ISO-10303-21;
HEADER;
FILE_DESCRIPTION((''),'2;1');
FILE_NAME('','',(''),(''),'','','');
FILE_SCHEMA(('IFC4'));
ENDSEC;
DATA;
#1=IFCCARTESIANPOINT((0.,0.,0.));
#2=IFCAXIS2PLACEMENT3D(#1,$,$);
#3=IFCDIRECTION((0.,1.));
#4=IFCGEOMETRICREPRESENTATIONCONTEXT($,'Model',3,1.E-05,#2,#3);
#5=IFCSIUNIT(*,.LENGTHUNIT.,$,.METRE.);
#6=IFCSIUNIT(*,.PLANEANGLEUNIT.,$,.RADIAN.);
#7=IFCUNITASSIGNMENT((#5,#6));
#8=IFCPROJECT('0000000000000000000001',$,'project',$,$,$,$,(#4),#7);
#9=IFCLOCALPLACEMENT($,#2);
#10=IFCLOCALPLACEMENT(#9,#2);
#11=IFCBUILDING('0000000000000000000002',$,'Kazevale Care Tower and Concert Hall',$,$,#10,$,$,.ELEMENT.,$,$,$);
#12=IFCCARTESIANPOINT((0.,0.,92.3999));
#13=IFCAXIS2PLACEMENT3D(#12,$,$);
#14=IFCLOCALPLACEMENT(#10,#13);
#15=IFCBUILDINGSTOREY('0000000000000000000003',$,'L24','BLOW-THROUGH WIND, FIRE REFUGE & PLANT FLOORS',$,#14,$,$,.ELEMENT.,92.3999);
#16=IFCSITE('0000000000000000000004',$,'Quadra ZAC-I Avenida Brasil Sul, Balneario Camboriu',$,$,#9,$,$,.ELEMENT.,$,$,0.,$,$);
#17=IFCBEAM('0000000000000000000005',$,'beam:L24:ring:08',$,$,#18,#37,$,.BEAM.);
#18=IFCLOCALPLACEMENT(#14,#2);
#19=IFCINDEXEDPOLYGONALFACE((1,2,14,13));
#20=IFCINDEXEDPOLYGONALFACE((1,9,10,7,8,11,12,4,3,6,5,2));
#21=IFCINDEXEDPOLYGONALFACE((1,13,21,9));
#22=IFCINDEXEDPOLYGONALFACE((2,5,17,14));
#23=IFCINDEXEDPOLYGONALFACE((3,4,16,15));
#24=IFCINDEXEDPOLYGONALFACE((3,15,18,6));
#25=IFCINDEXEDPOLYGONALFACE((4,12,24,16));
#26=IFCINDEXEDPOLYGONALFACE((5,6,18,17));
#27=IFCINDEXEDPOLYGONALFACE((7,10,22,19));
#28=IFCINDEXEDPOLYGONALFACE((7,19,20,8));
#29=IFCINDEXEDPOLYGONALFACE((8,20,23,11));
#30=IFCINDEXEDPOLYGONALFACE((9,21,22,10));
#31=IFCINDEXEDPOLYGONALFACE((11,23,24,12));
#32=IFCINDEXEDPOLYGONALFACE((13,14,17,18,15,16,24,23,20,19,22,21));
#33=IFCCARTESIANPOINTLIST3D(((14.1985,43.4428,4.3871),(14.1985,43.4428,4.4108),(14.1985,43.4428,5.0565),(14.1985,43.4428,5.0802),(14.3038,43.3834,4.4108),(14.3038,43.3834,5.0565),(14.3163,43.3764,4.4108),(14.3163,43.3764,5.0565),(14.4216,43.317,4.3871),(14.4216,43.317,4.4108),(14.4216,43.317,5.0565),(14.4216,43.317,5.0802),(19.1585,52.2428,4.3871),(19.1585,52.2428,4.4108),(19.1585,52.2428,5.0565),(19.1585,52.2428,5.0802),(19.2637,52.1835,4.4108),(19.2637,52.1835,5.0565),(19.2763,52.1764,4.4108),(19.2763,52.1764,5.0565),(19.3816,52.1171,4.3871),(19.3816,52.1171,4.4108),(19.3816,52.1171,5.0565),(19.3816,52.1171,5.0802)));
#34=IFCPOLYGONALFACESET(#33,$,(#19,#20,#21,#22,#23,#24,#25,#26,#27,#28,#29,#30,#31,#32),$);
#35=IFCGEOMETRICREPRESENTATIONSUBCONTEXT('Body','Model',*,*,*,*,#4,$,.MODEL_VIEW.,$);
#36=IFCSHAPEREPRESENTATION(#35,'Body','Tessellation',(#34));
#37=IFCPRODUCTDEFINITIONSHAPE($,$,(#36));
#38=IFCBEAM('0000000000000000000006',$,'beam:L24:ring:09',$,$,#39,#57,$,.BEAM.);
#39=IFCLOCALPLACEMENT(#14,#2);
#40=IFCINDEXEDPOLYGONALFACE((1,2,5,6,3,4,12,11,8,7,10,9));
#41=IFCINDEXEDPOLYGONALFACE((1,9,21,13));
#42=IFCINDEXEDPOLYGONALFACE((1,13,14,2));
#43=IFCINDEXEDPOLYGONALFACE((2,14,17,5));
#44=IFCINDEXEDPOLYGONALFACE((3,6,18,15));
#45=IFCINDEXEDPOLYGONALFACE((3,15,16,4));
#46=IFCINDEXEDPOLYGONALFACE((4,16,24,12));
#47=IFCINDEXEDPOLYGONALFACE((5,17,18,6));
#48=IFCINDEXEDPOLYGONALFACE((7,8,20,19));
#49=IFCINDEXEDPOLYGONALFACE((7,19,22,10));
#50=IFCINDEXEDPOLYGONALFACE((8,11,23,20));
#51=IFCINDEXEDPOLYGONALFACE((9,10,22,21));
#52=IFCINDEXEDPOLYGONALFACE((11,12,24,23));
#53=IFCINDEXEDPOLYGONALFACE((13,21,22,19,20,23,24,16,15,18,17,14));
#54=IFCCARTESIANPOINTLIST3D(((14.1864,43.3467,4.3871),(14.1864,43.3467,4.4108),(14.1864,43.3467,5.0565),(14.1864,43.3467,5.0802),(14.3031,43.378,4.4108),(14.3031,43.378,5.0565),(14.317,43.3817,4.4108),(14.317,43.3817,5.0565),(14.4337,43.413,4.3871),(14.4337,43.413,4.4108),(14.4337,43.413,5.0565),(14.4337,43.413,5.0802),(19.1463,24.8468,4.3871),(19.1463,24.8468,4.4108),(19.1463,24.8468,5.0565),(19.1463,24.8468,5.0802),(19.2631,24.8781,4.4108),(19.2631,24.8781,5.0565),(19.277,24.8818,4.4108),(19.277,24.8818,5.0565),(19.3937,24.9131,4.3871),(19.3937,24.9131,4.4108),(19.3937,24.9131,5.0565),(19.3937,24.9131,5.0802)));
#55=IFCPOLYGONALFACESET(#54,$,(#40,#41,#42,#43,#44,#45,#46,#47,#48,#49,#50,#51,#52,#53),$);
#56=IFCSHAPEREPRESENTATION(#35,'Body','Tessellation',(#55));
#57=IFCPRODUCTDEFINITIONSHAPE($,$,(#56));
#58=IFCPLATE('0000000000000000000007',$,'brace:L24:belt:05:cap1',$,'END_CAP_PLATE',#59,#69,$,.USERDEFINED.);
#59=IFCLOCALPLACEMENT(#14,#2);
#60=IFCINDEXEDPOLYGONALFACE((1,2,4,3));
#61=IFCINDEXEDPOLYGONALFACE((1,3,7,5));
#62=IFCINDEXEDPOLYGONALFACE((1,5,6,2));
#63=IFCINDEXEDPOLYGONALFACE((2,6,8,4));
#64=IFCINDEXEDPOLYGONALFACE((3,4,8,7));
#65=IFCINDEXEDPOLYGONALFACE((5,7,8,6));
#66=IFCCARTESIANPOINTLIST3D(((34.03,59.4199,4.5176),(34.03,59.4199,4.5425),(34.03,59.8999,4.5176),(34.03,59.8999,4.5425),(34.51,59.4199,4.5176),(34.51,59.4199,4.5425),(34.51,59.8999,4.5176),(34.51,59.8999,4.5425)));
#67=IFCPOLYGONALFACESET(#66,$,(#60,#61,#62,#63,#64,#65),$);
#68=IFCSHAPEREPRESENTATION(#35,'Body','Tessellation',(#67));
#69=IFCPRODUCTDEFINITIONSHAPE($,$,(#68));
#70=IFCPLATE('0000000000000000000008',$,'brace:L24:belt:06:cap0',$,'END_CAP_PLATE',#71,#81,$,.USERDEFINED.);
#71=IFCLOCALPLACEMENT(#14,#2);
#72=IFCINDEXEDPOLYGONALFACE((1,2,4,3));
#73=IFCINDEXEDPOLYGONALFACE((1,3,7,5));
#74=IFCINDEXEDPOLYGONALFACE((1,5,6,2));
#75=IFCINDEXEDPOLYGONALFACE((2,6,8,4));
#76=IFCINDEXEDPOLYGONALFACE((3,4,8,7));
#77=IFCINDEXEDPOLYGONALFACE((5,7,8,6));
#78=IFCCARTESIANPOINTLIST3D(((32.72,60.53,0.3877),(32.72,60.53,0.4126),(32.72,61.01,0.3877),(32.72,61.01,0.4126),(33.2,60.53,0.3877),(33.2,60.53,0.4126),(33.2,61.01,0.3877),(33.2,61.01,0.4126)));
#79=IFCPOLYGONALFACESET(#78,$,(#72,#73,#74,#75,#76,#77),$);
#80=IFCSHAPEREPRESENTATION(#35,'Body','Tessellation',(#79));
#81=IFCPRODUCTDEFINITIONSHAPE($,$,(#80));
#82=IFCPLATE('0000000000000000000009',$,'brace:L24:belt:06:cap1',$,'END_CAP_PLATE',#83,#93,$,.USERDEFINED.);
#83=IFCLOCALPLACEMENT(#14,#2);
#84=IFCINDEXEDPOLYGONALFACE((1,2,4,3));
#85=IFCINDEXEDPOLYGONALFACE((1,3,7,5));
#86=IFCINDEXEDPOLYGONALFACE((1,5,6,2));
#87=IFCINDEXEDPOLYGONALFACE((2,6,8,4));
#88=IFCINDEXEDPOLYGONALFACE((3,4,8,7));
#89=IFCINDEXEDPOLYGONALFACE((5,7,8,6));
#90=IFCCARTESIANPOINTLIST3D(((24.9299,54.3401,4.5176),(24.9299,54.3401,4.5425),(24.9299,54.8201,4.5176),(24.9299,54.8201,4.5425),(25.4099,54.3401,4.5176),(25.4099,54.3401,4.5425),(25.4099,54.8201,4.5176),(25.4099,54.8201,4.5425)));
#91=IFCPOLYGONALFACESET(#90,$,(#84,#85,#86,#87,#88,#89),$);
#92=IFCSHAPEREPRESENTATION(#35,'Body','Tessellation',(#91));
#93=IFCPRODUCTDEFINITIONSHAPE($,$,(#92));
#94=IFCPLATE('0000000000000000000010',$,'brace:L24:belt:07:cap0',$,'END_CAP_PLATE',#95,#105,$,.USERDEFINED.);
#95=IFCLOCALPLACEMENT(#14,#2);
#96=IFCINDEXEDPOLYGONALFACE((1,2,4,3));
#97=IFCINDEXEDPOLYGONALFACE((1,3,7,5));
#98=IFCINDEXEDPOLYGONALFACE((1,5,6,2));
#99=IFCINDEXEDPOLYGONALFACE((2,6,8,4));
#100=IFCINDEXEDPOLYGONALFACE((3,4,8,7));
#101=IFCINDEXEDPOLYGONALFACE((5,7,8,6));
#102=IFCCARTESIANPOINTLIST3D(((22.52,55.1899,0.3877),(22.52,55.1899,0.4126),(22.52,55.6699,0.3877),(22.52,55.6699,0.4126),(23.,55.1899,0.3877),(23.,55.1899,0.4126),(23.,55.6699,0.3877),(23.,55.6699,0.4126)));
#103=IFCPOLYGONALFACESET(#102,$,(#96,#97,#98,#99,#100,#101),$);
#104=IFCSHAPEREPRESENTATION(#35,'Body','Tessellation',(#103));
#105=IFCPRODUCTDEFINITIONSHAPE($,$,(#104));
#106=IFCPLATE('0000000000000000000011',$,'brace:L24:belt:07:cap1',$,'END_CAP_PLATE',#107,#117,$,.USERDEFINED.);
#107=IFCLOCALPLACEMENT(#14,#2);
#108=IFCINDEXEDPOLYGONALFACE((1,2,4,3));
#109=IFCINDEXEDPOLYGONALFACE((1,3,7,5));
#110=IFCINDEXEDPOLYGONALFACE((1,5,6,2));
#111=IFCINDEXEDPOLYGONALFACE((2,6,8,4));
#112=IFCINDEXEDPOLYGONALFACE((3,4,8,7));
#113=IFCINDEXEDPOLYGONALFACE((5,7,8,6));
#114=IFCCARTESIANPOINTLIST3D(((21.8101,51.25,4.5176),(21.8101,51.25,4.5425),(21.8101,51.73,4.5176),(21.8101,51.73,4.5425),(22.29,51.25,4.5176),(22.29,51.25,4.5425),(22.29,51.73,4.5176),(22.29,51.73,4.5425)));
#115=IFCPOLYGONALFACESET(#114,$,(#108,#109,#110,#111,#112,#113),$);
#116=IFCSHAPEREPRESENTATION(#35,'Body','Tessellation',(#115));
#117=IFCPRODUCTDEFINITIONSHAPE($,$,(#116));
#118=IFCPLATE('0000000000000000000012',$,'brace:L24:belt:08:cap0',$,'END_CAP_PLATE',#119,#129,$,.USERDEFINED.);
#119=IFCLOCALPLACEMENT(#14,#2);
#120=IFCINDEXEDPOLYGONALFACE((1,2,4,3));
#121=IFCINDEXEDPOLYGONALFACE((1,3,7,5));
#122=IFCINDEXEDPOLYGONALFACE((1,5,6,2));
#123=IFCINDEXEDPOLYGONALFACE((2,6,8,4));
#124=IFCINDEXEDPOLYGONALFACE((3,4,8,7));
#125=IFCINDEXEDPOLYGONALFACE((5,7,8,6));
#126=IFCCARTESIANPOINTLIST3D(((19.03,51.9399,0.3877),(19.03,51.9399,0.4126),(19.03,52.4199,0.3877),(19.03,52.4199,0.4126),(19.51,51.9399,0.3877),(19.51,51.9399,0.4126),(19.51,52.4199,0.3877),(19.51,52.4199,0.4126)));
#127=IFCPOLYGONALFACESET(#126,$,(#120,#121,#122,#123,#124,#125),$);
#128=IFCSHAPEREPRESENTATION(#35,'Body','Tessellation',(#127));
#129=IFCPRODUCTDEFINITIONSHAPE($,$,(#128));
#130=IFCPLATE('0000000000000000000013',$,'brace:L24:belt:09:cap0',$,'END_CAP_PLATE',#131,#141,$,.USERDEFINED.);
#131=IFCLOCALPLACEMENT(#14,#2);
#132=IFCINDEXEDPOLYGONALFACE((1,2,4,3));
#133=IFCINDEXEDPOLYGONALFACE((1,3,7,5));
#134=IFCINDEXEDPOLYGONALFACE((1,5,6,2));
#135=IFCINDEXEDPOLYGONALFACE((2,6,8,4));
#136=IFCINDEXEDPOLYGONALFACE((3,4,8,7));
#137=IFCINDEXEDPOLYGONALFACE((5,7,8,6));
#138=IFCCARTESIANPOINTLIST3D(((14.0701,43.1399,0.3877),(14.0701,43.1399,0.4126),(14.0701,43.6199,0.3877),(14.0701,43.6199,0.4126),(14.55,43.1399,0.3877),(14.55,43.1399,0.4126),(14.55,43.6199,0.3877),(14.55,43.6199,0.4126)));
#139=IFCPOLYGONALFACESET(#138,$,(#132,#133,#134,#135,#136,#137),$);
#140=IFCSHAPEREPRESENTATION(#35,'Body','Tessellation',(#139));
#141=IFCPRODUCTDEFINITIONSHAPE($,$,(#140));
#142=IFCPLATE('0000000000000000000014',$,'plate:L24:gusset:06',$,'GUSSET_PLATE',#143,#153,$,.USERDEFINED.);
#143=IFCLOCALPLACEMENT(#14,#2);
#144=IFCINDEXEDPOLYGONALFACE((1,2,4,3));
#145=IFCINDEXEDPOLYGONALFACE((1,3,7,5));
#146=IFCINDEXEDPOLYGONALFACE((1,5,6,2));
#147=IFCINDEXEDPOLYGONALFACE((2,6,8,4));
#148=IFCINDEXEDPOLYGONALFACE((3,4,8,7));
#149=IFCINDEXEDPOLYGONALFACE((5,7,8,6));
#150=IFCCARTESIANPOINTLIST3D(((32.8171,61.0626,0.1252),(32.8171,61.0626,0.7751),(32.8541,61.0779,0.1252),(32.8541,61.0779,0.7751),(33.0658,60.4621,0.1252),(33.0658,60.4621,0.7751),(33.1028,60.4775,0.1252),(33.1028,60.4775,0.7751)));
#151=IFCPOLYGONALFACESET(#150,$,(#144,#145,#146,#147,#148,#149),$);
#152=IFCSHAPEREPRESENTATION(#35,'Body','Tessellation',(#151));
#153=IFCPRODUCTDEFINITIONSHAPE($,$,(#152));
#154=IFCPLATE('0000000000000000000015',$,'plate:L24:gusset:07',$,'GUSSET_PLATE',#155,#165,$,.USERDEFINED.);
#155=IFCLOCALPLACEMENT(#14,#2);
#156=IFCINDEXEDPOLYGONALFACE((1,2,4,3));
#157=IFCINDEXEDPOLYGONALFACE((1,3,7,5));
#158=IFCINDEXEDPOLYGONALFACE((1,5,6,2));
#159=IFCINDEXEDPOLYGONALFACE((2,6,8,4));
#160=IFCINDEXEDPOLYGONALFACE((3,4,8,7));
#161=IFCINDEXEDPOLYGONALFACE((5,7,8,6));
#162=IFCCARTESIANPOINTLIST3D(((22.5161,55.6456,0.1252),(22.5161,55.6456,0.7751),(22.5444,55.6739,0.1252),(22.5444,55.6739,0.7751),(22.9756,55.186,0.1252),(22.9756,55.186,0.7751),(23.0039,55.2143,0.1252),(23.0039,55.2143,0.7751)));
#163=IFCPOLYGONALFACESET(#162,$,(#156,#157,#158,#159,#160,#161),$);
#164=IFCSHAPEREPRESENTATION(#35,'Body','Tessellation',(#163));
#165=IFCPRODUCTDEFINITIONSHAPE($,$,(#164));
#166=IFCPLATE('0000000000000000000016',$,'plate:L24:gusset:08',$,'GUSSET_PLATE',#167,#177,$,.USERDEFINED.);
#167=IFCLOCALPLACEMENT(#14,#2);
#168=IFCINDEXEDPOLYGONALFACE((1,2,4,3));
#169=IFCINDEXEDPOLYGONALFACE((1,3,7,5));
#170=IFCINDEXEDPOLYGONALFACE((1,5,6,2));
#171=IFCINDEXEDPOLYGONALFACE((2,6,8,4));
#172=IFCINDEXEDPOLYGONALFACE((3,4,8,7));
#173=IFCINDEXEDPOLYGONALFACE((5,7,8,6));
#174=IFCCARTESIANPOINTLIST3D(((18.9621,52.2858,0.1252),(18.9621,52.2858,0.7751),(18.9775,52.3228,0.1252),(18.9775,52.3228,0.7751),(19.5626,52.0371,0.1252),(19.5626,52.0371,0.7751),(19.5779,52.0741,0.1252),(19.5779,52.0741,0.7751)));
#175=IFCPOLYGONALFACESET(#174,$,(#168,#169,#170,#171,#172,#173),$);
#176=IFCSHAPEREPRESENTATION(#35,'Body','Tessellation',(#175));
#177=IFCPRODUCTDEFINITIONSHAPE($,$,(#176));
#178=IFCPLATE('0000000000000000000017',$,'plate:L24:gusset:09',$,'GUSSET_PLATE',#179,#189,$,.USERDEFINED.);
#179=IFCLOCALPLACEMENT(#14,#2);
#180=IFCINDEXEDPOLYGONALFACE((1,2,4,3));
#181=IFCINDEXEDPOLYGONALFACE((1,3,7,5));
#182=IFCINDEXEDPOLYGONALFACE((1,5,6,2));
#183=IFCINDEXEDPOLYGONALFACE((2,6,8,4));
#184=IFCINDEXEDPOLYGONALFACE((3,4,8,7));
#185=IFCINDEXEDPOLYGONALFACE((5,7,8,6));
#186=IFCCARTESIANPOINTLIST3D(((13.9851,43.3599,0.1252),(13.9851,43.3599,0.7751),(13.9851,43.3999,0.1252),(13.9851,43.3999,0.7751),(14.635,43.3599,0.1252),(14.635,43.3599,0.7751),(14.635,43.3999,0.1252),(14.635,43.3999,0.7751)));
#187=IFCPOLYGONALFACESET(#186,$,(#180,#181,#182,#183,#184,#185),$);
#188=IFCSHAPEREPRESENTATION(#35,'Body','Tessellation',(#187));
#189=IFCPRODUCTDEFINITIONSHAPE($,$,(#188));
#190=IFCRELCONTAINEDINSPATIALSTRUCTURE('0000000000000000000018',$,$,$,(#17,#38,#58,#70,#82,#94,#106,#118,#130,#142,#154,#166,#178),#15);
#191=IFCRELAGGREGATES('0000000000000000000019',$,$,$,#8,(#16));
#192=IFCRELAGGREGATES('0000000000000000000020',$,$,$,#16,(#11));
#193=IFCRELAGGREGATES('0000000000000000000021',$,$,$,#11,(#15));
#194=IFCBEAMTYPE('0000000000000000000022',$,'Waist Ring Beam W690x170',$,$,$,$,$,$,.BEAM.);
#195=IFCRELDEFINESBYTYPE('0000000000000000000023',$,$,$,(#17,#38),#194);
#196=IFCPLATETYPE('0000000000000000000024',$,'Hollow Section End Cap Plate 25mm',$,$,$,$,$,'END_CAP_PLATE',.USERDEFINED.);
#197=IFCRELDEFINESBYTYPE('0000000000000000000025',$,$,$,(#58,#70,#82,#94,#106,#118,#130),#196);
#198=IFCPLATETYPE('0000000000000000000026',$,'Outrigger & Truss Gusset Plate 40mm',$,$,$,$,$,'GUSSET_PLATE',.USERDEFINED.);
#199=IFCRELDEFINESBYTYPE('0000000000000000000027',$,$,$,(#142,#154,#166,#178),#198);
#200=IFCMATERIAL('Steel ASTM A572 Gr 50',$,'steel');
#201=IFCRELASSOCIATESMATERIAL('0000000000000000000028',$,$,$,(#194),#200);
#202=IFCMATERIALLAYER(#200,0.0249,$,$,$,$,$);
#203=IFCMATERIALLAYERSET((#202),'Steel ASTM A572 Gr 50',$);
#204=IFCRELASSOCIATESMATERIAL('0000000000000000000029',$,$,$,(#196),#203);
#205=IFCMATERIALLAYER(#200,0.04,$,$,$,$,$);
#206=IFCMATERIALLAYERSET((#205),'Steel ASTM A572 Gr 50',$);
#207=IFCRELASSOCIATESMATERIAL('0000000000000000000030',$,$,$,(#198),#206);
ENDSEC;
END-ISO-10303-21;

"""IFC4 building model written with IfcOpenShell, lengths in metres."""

from ifc_helpers import new_model, si_unit, direction, frame, origin, origin_2d, place, context, subcontext, project, spatial, rectangle, i_section, extrude, material, layer, layer_set, material_profile, profile_set, type_object, element, save


model = new_model("IFC4")

# Units and contexts
model_context = context("Model", 3, precision=1e-05, world=origin(), true_north=direction((0.0, 1.0)))
body_context = subcontext(model_context, "Body", "Model", "MODEL_VIEW")
ifc_project = project(units=[si_unit("LENGTHUNIT", "METRE"), si_unit("PLANEANGLEUNIT", "RADIAN")], contexts=[model_context])

# Site, building, storey
site_placement = place(None, origin())
site = spatial("IfcSite", under=ifc_project, at=site_placement, Name="Quadra ZAC-I Avenida Brasil Sul, Balneario Camboriu", CompositionType="ELEMENT", RefElevation=0.0)
building_placement = place(site_placement, origin())
building = spatial("IfcBuilding", under=site, at=building_placement, Name="Kazevale Care Tower and Concert Hall", CompositionType="ELEMENT")
storey_placement = place(building_placement, frame((0.0, 0.0, 92.3999)))
storey = spatial("IfcBuildingStorey", under=building, at=storey_placement, Name="L24", Description="BLOW-THROUGH WIND, FIRE REFUGE & PLANT FLOORS", CompositionType="ELEMENT", Elevation=92.3999)

# Shared definitions
ifc_material_1 = material(Name="Steel ASTM A572 Gr 50", Category="steel")

# Beams
ifc_material_profile_1 = material_profile(ifc_material_1, i_section(OverallWidth=0.2561, OverallDepth=0.6931, WebThickness=0.0144, FlangeThickness=0.0237, at=origin_2d()), Name="W690x170")
ifc_profile_set_1 = profile_set([ifc_material_profile_1], Name="Steel ASTM A572 Gr 50")
beam_type_1 = type_object("IfcBeamType", Name="Waist Ring Beam W690x170", PredefinedType="BEAM", material=ifc_profile_set_1)
beam_1_placement = place(storey_placement, frame((19.27, 52.1799, 4.7336), z_axis=(-0.491008, -0.871155, 0.0), x_axis=(0.871155, -0.491008, 0.0)))
element("IfcBeam", 1, at=beam_1_placement, inside=storey, type_object=beam_type_1, Name="beam:L24:ring:08", PredefinedType="BEAM", context=body_context, shape_type="SweptSolid", body=[
    extrude(i_section(OverallWidth=0.2561, OverallDepth=0.6931, WebThickness=0.0144, FlangeThickness=0.0237, at=origin_2d()), origin(), (0.0, 0.0, 1.0), 10.1016),
])
beam_2_placement = place(storey_placement, frame((14.3101, 43.3799, 4.7336), z_axis=(0.25896, -0.965888, 0.0), x_axis=(0.965888, 0.25896, 0.0)))
element("IfcBeam", 2, at=beam_2_placement, inside=storey, type_object=beam_type_1, Name="beam:L24:ring:09", PredefinedType="BEAM", context=body_context, shape_type="SweptSolid", body=[
    extrude(i_section(OverallWidth=0.2561, OverallDepth=0.6931, WebThickness=0.0144, FlangeThickness=0.0237, at=origin_2d()), origin(), (0.0, 0.0, 1.0), 19.1533),
])

# Plates
ifc_layer_1 = layer(ifc_material_1, 0.0249)
ifc_layer_set_1 = layer_set([ifc_layer_1], Name="Steel ASTM A572 Gr 50")
plate_type_1 = type_object("IfcPlateType", Name="Hollow Section End Cap Plate 25mm", ElementType="END_CAP_PLATE", PredefinedType="USERDEFINED", material=ifc_layer_set_1)
for number, where, z_axis, x_axis, name in (
    (3, (34.27, 59.6599, 4.5176), (0.0, 0.0, 1.0), (1.0, 0.0, 0.0), "brace:L24:belt:05:cap1"),
    (4, (32.96, 60.77, 0.3877), (0.0, 0.0, 1.0), (1.0, 0.0, 0.0), "brace:L24:belt:06:cap0"),
    (5, (25.1699, 54.5801, 4.5176), (0.0, 0.0, 1.0), (1.0, 0.0, 0.0), "brace:L24:belt:06:cap1"),
    (6, (22.76, 55.4299, 0.3877), (0.0, 0.0, 1.0), (1.0, 0.0, 0.0), "brace:L24:belt:07:cap0"),
    (7, (22.05, 51.49, 4.5176), (0.0, 0.0, 1.0), (1.0, 0.0, 0.0), "brace:L24:belt:07:cap1"),
    (8, (19.27, 52.1799, 0.3877), (0.0, 0.0, 1.0), (1.0, 0.0, 0.0), "brace:L24:belt:08:cap0"),
    (9, (14.3101, 43.3799, 0.3877), (0.0, 0.0, 1.0), (1.0, 0.0, 0.0), "brace:L24:belt:09:cap0"),
):
    element("IfcPlate", number, at=place(storey_placement, frame(where, z_axis=z_axis, x_axis=x_axis)), inside=storey, type_object=plate_type_1, Name=name, ObjectType="END_CAP_PLATE", PredefinedType="USERDEFINED", context=body_context, shape_type="SweptSolid", body=[
        extrude(rectangle(XDim=0.48, YDim=0.48, at=origin_2d()), origin(), (0.0, 0.0, 1.0), 0.0249),
    ])
ifc_layer_2 = layer(ifc_material_1, 0.04)
ifc_layer_set_2 = layer_set([ifc_layer_2], Name="Steel ASTM A572 Gr 50")
plate_type_2 = type_object("IfcPlateType", Name="Outrigger & Truss Gusset Plate 40mm", ElementType="GUSSET_PLATE", PredefinedType="USERDEFINED", material=ifc_layer_set_2)
for number, where, z_axis, x_axis, name in (
    (10, (32.96, 60.77, 0.1252), (0.0, 0.0, 1.0), (-0.382683, 0.92388, 0.0), "plate:L24:gusset:06"),
    (11, (22.76, 55.4299, 0.1252), (0.0, 0.0, 1.0), (-0.707107, 0.707107, 0.0), "plate:L24:gusset:07"),
    (12, (19.27, 52.1799, 0.1252), (0.0, 0.0, 1.0), (-0.92388, 0.382683, 0.0), "plate:L24:gusset:08"),
    (13, (14.3101, 43.3799, 0.1252), (0.0, 0.0, 1.0), (-1.0, 0.0, 0.0), "plate:L24:gusset:09"),
):
    element("IfcPlate", number, at=place(storey_placement, frame(where, z_axis=z_axis, x_axis=x_axis)), inside=storey, type_object=plate_type_2, Name=name, ObjectType="GUSSET_PLATE", PredefinedType="USERDEFINED", context=body_context, shape_type="SweptSolid", body=[
        extrude(rectangle(XDim=0.6499, YDim=0.04, at=origin_2d()), origin(), (0.0, 0.0, 1.0), 0.6499),
    ])

save(model, "model.ifc")
